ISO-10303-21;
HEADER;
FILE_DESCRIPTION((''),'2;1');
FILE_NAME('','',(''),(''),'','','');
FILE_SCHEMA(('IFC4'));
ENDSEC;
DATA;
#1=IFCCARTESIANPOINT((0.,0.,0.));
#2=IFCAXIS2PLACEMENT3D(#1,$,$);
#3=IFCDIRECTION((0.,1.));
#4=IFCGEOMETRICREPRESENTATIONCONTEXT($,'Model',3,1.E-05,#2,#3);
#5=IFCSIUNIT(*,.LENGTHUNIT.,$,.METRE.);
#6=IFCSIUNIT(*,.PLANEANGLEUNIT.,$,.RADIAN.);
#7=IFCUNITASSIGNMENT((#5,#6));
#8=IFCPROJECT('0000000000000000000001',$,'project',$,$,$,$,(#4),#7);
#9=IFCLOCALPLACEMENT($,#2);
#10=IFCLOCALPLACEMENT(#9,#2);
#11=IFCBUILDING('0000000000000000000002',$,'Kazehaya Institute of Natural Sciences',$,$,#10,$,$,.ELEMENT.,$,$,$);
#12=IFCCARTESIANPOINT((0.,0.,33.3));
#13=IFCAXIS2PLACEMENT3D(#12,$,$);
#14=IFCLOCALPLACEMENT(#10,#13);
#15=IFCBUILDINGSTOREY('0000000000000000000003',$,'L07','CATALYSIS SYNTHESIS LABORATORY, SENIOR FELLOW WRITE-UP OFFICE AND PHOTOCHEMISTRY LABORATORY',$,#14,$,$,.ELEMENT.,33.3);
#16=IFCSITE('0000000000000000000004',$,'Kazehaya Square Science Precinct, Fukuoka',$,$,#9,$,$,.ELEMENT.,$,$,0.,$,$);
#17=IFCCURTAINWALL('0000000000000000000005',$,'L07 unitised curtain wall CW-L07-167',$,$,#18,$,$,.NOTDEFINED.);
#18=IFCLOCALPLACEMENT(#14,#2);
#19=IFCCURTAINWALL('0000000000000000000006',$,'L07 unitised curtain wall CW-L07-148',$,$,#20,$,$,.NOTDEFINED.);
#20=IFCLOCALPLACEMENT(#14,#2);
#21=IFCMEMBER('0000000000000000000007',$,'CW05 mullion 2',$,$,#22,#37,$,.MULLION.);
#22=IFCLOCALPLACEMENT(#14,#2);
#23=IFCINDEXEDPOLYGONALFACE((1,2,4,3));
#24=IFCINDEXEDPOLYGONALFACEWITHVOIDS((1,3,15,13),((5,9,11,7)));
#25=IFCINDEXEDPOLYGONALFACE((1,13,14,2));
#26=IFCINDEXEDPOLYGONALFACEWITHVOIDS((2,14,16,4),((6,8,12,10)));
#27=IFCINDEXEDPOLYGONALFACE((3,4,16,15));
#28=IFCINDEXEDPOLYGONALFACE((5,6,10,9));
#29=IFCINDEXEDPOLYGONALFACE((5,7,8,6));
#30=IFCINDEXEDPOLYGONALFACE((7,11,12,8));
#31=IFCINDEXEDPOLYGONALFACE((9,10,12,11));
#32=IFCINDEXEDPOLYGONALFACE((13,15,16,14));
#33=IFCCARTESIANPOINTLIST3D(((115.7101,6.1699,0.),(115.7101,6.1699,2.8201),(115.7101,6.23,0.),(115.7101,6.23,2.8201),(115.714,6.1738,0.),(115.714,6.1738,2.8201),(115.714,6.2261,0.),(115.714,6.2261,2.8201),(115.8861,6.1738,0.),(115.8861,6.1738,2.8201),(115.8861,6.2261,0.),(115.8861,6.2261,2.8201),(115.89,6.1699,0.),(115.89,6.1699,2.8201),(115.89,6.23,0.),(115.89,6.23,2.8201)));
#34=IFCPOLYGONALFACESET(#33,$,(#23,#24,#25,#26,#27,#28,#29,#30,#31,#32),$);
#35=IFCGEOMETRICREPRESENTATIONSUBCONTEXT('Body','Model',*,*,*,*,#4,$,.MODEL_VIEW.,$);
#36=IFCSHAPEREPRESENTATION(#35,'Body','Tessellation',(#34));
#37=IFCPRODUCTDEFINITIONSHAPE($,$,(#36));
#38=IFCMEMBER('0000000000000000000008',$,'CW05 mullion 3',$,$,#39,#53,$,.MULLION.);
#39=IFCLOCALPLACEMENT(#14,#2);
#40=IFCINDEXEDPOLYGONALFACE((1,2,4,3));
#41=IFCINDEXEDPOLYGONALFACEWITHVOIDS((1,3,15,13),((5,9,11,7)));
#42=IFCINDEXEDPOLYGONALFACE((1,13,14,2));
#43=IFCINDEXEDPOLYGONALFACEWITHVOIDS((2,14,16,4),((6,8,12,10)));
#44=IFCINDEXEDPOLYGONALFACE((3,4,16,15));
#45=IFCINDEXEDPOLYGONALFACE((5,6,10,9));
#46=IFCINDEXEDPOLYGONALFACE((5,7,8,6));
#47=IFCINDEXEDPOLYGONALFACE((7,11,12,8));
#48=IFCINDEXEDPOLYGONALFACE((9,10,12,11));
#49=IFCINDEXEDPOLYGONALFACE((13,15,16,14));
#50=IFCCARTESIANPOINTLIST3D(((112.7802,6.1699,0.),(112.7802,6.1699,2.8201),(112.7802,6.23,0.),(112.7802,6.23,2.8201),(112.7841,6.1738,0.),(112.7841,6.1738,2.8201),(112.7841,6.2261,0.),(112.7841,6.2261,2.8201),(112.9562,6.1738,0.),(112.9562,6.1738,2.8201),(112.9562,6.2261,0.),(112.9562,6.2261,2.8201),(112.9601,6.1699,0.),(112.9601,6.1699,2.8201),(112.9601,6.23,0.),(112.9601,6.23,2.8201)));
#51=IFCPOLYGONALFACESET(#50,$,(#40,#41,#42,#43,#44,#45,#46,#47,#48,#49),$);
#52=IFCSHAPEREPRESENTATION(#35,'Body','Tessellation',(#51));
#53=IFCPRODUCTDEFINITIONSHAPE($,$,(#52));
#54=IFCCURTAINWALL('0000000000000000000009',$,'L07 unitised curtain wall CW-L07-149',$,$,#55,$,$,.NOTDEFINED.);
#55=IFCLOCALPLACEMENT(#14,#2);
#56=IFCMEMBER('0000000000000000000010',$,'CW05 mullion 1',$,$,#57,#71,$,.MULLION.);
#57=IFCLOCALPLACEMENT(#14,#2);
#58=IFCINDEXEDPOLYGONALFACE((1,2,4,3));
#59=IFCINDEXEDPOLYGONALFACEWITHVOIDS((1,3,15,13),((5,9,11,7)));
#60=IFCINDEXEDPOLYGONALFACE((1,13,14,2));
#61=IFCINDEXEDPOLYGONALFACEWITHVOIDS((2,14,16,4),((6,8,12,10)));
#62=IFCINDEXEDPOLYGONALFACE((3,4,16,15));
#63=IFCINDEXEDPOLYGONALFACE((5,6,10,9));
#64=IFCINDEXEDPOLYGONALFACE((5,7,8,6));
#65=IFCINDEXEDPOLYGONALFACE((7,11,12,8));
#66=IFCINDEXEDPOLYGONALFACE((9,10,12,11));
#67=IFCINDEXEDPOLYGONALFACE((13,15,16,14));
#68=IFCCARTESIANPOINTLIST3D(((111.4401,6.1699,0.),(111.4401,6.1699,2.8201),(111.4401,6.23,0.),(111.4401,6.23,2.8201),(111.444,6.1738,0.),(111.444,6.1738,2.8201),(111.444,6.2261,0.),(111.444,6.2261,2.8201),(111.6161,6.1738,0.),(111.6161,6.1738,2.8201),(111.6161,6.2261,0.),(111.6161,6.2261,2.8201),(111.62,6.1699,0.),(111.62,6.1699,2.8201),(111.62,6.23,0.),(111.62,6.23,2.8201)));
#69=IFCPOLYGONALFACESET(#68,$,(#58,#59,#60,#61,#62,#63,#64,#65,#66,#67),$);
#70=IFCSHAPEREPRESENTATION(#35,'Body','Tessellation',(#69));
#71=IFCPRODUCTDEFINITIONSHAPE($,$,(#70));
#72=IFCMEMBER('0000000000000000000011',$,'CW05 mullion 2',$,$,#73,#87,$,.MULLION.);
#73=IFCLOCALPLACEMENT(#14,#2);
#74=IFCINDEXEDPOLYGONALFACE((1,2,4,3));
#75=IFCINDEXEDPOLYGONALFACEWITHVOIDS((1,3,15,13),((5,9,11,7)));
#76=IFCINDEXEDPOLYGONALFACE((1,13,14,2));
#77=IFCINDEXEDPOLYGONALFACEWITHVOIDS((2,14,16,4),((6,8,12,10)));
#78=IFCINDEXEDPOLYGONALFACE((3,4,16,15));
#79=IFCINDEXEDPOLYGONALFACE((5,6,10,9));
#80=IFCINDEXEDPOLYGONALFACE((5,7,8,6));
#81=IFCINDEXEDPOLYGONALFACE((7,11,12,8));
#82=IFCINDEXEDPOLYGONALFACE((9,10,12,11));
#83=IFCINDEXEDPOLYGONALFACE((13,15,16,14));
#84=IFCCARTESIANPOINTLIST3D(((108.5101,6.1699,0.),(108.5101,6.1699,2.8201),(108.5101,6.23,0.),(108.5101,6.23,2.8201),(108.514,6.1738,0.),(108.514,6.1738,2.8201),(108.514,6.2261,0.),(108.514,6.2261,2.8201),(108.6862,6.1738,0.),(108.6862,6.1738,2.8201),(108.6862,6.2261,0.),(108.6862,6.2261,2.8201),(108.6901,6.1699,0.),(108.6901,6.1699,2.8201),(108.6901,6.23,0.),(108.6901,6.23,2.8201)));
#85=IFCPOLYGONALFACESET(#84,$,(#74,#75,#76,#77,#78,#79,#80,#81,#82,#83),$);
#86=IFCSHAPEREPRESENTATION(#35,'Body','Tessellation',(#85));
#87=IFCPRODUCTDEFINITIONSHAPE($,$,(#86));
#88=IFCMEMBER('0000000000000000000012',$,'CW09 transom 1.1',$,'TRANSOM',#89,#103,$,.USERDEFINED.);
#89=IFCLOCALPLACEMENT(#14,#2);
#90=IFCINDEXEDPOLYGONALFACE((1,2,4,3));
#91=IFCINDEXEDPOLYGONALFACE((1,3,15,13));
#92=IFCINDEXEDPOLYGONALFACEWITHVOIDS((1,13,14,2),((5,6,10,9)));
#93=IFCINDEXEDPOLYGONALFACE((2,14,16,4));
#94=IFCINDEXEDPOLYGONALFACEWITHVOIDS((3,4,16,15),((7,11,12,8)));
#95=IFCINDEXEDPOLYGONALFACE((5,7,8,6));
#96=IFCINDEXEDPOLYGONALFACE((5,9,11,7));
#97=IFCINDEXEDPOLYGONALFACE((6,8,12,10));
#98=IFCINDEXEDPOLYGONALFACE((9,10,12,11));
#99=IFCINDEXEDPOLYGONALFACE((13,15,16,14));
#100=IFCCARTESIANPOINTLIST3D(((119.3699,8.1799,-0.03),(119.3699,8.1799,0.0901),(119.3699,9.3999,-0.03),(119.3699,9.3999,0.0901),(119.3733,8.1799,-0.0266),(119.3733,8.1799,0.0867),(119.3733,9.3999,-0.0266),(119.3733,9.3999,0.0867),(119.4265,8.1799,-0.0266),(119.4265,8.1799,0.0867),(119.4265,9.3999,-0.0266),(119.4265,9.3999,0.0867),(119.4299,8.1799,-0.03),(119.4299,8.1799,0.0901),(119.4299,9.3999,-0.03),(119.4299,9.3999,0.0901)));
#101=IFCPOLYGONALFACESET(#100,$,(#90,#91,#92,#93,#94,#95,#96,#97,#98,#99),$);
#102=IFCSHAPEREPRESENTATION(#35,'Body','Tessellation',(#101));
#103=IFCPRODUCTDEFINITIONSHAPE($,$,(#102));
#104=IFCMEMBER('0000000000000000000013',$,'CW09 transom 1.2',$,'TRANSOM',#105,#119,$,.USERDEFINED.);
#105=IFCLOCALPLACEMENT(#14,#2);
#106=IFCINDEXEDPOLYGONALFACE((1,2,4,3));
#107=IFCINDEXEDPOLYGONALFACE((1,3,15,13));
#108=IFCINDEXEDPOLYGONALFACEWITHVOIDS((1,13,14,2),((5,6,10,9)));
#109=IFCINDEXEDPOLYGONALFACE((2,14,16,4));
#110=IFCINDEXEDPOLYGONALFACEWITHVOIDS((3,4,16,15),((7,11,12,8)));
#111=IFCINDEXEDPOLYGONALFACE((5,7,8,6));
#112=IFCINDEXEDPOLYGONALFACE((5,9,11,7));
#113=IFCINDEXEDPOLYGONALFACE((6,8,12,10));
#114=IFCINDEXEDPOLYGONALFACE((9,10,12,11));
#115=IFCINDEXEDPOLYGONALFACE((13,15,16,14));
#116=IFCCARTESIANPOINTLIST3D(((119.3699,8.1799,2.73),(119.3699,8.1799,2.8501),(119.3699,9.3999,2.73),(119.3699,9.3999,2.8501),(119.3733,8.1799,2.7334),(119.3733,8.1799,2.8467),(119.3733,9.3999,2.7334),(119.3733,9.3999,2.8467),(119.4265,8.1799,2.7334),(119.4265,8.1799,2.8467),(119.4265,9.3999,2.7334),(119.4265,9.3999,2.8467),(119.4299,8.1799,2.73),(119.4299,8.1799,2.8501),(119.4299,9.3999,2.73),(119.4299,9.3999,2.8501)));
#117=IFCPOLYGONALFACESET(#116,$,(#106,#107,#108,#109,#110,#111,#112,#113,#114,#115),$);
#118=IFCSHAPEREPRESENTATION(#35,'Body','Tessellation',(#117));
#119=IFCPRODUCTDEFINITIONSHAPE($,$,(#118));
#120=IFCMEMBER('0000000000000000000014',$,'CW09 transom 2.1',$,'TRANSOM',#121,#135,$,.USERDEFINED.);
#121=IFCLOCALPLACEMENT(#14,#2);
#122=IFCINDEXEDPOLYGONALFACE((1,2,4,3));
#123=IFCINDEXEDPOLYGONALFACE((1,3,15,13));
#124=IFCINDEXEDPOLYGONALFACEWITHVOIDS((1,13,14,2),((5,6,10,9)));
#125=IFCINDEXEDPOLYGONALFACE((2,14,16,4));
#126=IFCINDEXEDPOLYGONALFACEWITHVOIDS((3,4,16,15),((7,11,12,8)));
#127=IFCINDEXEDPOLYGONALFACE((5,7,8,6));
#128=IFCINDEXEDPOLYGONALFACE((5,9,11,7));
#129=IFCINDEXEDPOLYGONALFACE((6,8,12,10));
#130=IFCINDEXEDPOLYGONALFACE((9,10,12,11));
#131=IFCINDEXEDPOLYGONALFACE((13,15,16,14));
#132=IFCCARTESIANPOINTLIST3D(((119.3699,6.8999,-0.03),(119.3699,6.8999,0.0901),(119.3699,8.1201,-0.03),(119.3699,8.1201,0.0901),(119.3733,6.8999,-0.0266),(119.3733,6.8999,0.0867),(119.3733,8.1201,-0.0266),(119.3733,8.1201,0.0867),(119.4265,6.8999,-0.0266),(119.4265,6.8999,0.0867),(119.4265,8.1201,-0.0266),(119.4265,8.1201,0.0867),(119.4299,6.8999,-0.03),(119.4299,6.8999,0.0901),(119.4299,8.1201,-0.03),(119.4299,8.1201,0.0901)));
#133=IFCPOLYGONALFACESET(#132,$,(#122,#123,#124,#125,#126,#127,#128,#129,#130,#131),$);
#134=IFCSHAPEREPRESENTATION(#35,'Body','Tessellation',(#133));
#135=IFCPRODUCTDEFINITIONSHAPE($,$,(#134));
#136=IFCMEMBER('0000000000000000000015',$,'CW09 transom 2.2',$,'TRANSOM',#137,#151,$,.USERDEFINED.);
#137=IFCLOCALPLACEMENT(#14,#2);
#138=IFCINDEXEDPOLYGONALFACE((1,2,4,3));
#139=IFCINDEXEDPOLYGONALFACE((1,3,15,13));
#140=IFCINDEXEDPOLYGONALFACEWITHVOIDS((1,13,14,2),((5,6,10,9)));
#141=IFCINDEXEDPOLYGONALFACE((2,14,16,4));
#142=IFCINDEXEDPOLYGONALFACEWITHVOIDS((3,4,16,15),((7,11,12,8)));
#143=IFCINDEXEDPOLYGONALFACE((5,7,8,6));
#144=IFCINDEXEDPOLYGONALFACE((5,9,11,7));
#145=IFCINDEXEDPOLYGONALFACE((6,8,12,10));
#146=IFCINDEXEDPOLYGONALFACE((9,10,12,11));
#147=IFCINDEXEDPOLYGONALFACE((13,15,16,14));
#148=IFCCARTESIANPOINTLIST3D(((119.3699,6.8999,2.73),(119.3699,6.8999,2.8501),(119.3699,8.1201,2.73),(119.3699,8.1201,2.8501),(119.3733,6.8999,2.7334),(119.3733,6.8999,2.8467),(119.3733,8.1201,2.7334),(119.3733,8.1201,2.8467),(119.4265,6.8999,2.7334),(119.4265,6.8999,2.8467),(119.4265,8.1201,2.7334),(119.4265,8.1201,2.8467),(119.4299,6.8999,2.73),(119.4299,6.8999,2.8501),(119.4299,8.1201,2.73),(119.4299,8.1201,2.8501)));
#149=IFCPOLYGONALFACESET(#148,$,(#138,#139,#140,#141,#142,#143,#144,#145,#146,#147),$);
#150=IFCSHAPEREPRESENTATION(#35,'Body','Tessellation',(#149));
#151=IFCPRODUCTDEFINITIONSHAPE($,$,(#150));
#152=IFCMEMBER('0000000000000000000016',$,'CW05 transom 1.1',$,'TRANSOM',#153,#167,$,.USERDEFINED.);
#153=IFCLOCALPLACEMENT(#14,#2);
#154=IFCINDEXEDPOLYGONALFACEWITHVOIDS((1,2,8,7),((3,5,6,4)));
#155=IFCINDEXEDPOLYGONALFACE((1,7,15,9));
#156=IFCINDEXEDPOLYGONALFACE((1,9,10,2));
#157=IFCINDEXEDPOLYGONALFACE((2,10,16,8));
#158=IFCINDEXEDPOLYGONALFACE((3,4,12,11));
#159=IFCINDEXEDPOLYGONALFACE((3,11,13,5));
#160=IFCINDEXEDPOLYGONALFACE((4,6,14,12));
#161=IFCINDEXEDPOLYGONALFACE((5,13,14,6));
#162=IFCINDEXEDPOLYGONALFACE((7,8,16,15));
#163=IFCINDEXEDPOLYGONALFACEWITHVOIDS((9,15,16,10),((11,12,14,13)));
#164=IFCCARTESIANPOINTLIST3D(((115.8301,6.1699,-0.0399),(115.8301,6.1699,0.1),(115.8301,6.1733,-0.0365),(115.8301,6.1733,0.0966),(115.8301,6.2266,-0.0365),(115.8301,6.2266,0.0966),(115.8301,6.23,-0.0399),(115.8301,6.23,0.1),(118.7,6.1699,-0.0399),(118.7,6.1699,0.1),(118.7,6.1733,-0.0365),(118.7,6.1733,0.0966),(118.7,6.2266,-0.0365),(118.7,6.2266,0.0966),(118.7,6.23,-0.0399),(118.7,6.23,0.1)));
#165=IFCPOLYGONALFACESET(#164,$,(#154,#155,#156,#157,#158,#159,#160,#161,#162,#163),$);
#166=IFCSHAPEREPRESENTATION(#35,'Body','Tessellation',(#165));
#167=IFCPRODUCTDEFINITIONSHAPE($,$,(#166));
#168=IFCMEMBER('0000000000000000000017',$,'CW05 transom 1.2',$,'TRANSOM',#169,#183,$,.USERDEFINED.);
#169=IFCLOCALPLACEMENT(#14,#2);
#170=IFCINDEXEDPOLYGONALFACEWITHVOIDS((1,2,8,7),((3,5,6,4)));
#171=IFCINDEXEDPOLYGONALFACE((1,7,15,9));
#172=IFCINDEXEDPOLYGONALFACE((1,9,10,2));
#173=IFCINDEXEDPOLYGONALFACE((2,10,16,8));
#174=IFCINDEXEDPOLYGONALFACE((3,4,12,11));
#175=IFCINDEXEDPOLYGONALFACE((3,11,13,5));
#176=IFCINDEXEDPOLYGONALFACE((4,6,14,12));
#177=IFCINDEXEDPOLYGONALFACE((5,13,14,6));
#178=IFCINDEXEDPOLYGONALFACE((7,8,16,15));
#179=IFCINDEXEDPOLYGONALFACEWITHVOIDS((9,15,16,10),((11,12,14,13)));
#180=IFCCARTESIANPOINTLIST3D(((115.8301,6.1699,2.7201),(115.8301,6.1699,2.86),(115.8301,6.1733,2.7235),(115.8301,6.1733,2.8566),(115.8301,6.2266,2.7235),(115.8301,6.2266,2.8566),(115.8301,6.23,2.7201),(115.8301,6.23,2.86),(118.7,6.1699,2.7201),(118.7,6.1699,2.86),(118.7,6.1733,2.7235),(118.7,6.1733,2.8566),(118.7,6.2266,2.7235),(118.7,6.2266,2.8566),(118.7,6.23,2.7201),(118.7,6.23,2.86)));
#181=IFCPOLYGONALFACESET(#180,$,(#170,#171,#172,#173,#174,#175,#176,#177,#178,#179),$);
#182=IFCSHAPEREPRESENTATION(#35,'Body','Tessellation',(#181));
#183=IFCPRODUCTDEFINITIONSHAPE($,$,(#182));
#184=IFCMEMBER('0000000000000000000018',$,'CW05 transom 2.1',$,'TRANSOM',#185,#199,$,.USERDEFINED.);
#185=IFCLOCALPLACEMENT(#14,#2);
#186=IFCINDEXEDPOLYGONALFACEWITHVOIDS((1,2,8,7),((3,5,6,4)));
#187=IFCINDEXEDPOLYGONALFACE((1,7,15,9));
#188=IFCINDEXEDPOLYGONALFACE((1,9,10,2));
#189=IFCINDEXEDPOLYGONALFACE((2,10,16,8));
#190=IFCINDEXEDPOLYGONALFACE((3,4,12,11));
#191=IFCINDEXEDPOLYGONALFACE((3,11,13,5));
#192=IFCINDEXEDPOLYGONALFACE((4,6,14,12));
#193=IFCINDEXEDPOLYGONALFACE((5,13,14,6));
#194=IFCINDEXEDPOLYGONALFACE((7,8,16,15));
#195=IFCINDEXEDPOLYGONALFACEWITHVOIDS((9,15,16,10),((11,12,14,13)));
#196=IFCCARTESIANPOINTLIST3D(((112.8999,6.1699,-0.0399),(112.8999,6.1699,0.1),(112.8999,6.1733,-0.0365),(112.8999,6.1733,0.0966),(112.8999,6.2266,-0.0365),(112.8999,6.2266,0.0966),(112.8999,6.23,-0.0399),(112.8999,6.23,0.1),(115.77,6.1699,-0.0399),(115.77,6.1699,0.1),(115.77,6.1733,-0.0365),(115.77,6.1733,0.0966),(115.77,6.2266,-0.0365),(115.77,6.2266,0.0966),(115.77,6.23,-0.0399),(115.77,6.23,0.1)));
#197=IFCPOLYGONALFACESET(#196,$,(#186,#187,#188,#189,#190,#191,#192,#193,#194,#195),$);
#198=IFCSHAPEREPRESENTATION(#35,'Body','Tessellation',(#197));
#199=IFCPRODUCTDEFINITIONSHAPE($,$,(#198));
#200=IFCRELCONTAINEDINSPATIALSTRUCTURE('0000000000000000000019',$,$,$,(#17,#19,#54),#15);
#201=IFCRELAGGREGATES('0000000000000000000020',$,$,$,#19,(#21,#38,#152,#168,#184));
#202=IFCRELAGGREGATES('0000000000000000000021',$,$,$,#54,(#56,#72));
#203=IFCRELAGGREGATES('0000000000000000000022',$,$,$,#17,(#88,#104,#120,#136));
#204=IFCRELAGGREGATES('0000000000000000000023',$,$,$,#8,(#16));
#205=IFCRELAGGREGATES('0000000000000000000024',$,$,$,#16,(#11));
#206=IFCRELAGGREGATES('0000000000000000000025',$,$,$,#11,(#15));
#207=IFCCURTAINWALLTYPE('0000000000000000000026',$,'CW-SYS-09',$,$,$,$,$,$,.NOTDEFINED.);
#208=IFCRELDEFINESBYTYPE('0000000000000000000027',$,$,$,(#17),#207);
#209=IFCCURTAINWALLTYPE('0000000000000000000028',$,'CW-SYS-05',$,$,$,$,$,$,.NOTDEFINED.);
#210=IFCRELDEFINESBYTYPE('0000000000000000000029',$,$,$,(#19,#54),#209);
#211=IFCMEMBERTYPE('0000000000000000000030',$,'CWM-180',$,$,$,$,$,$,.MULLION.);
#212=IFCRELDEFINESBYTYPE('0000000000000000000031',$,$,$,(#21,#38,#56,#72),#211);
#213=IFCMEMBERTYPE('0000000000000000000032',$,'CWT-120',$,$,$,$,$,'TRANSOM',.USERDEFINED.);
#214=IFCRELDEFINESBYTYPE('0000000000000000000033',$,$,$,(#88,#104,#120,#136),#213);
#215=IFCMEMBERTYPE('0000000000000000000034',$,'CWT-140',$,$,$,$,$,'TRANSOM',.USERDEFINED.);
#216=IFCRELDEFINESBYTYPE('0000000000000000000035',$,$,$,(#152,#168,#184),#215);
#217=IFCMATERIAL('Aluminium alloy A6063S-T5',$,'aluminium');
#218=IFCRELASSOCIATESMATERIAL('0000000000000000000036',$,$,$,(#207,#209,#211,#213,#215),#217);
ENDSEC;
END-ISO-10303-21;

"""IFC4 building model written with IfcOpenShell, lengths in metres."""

from ifc_helpers import new_model, si_unit, direction, frame, origin, origin_2d, place, context, subcontext, project, spatial, hollow_rectangle, extrude, material, material_profile, profile_set, type_object, element, aggregate, save


model = new_model("IFC4")

# Units and contexts
model_context = context("Model", 3, precision=1e-05, world=origin(), true_north=direction((0.0, 1.0)))
body_context = subcontext(model_context, "Body", "Model", "MODEL_VIEW")
ifc_project = project(units=[si_unit("LENGTHUNIT", "METRE"), si_unit("PLANEANGLEUNIT", "RADIAN")], contexts=[model_context])

# Site, building, storey
site_placement = place(None, origin())
site = spatial("IfcSite", under=ifc_project, at=site_placement, Name="Kazehaya Square Science Precinct, Fukuoka", CompositionType="ELEMENT", RefElevation=0.0)
building_placement = place(site_placement, origin())
building = spatial("IfcBuilding", under=site, at=building_placement, Name="Kazehaya Institute of Natural Sciences", CompositionType="ELEMENT")
storey_placement = place(building_placement, frame((0.0, 0.0, 33.3)))
storey = spatial("IfcBuildingStorey", under=building, at=storey_placement, Name="L07", Description="CATALYSIS SYNTHESIS LABORATORY, SENIOR FELLOW WRITE-UP OFFICE AND PHOTOCHEMISTRY LABORATORY", CompositionType="ELEMENT", Elevation=33.3)

# Curtain walls, members
ifc_material_1 = material(Name="Aluminium alloy A6063S-T5", Category="aluminium")
curtain_wall_type_1 = type_object("IfcCurtainWallType", Name="CW-SYS-09", PredefinedType="NOTDEFINED", material=ifc_material_1)
curtain_wall_1_placement = place(storey_placement, origin())
curtain_wall_1 = element("IfcCurtainWall", 1, at=curtain_wall_1_placement, inside=storey, type_object=curtain_wall_type_1, Name="L07 unitised curtain wall CW-L07-167", PredefinedType="NOTDEFINED")
curtain_wall_type_2 = type_object("IfcCurtainWallType", Name="CW-SYS-05", PredefinedType="NOTDEFINED", material=ifc_material_1)
curtain_wall_2_placement = place(storey_placement, origin())
curtain_wall_2 = element("IfcCurtainWall", 2, at=curtain_wall_2_placement, inside=storey, type_object=curtain_wall_type_2, Name="L07 unitised curtain wall CW-L07-148", PredefinedType="NOTDEFINED")
ifc_material_profile_1 = material_profile(ifc_material_1, hollow_rectangle(XDim=0.0601, YDim=0.1799, WallThickness=0.0039, at=origin_2d()), Name="ALU-60x180x4")
ifc_profile_set_1 = profile_set([ifc_material_profile_1], Name="Aluminium alloy A6063S-T5")
member_type_1 = type_object("IfcMemberType", Name="CWM-180", PredefinedType="MULLION", material=ifc_profile_set_1)
member_1_placement = place(storey_placement, frame((115.8, 6.2, 0.0), z_axis=(0.0, 0.0, 1.0), x_axis=(0.0, -1.0, 0.0)))
member_1 = element("IfcMember", 3, at=member_1_placement, type_object=member_type_1, Name="CW05 mullion 2", PredefinedType="MULLION", context=body_context, shape_type="SweptSolid", body=[
    extrude(hollow_rectangle(XDim=0.0601, YDim=0.1799, WallThickness=0.0039, at=origin_2d()), origin(), (0.0, 0.0, 1.0), 2.8201),
])
member_2_placement = place(storey_placement, frame((112.8701, 6.2, 0.0), z_axis=(0.0, 0.0, 1.0), x_axis=(0.0, -1.0, 0.0)))
member_2 = element("IfcMember", 4, at=member_2_placement, type_object=member_type_1, Name="CW05 mullion 3", PredefinedType="MULLION", context=body_context, shape_type="SweptSolid", body=[
    extrude(hollow_rectangle(XDim=0.0601, YDim=0.1799, WallThickness=0.0039, at=origin_2d()), origin(), (0.0, 0.0, 1.0), 2.8201),
])
curtain_wall_3_placement = place(storey_placement, origin())
curtain_wall_3 = element("IfcCurtainWall", 5, at=curtain_wall_3_placement, inside=storey, type_object=curtain_wall_type_2, Name="L07 unitised curtain wall CW-L07-149", PredefinedType="NOTDEFINED")
member_3_placement = place(storey_placement, frame((111.53, 6.2, 0.0), z_axis=(0.0, 0.0, 1.0), x_axis=(0.0, -1.0, 0.0)))
member_3 = element("IfcMember", 6, at=member_3_placement, type_object=member_type_1, Name="CW05 mullion 1", PredefinedType="MULLION", context=body_context, shape_type="SweptSolid", body=[
    extrude(hollow_rectangle(XDim=0.0601, YDim=0.1799, WallThickness=0.0039, at=origin_2d()), origin(), (0.0, 0.0, 1.0), 2.8201),
])
member_4_placement = place(storey_placement, frame((108.6001, 6.2, 0.0), z_axis=(0.0, 0.0, 1.0), x_axis=(0.0, -1.0, 0.0)))
member_4 = element("IfcMember", 7, at=member_4_placement, type_object=member_type_1, Name="CW05 mullion 2", PredefinedType="MULLION", context=body_context, shape_type="SweptSolid", body=[
    extrude(hollow_rectangle(XDim=0.0601, YDim=0.1799, WallThickness=0.0039, at=origin_2d()), origin(), (0.0, 0.0, 1.0), 2.8201),
])

# Members
ifc_material_profile_2 = material_profile(ifc_material_1, hollow_rectangle(XDim=0.0601, YDim=0.1201, WallThickness=0.0034, at=origin_2d()), Name="ALU-60x120x3.5")
ifc_profile_set_2 = profile_set([ifc_material_profile_2], Name="Aluminium alloy A6063S-T5")
member_type_2 = type_object("IfcMemberType", Name="CWT-120", ElementType="TRANSOM", PredefinedType="USERDEFINED", material=ifc_profile_set_2)
member_5_placement = place(storey_placement, frame((119.3999, 9.3999, 0.03), z_axis=(0.0, -1.0, 0.0), x_axis=(1.0, 0.0, 0.0)))
member_5 = element("IfcMember", 8, at=member_5_placement, type_object=member_type_2, Name="CW09 transom 1.1", ObjectType="TRANSOM", PredefinedType="USERDEFINED", context=body_context, shape_type="SweptSolid", body=[
    extrude(hollow_rectangle(XDim=0.0601, YDim=0.1201, WallThickness=0.0034, at=origin_2d()), origin(), (0.0, 0.0, 1.0), 1.22),
])
member_6_placement = place(storey_placement, frame((119.3999, 9.3999, 2.79), z_axis=(0.0, -1.0, 0.0), x_axis=(1.0, 0.0, 0.0)))
member_6 = element("IfcMember", 9, at=member_6_placement, type_object=member_type_2, Name="CW09 transom 1.2", ObjectType="TRANSOM", PredefinedType="USERDEFINED", context=body_context, shape_type="SweptSolid", body=[
    extrude(hollow_rectangle(XDim=0.0601, YDim=0.1201, WallThickness=0.0034, at=origin_2d()), origin(), (0.0, 0.0, 1.0), 1.22),
])
member_7_placement = place(storey_placement, frame((119.3999, 8.1201, 0.03), z_axis=(0.0, -1.0, 0.0), x_axis=(1.0, 0.0, 0.0)))
member_7 = element("IfcMember", 10, at=member_7_placement, type_object=member_type_2, Name="CW09 transom 2.1", ObjectType="TRANSOM", PredefinedType="USERDEFINED", context=body_context, shape_type="SweptSolid", body=[
    extrude(hollow_rectangle(XDim=0.0601, YDim=0.1201, WallThickness=0.0034, at=origin_2d()), origin(), (0.0, 0.0, 1.0), 1.2202),
])
member_8_placement = place(storey_placement, frame((119.3999, 8.1201, 2.79), z_axis=(0.0, -1.0, 0.0), x_axis=(1.0, 0.0, 0.0)))
member_8 = element("IfcMember", 11, at=member_8_placement, type_object=member_type_2, Name="CW09 transom 2.2", ObjectType="TRANSOM", PredefinedType="USERDEFINED", context=body_context, shape_type="SweptSolid", body=[
    extrude(hollow_rectangle(XDim=0.0601, YDim=0.1201, WallThickness=0.0034, at=origin_2d()), origin(), (0.0, 0.0, 1.0), 1.2202),
])
ifc_material_profile_3 = material_profile(ifc_material_1, hollow_rectangle(XDim=0.0601, YDim=0.1399, WallThickness=0.0034, at=origin_2d()), Name="ALU-60x140x3.5")
ifc_profile_set_3 = profile_set([ifc_material_profile_3], Name="Aluminium alloy A6063S-T5")
member_type_3 = type_object("IfcMemberType", Name="CWT-140", ElementType="TRANSOM", PredefinedType="USERDEFINED", material=ifc_profile_set_3)
member_9_placement = place(storey_placement, frame((118.7, 6.2, 0.03), z_axis=(-1.0, 0.0, 0.0), x_axis=(0.0, -1.0, 0.0)))
member_9 = element("IfcMember", 12, at=member_9_placement, type_object=member_type_3, Name="CW05 transom 1.1", ObjectType="TRANSOM", PredefinedType="USERDEFINED", context=body_context, shape_type="SweptSolid", body=[
    extrude(hollow_rectangle(XDim=0.0601, YDim=0.1399, WallThickness=0.0034, at=origin_2d()), origin(), (0.0, 0.0, 1.0), 2.8699),
])
member_10_placement = place(storey_placement, frame((118.7, 6.2, 2.79), z_axis=(-1.0, 0.0, 0.0), x_axis=(0.0, -1.0, 0.0)))
member_10 = element("IfcMember", 13, at=member_10_placement, type_object=member_type_3, Name="CW05 transom 1.2", ObjectType="TRANSOM", PredefinedType="USERDEFINED", context=body_context, shape_type="SweptSolid", body=[
    extrude(hollow_rectangle(XDim=0.0601, YDim=0.1399, WallThickness=0.0034, at=origin_2d()), origin(), (0.0, 0.0, 1.0), 2.8699),
])
member_11_placement = place(storey_placement, frame((115.77, 6.2, 0.03), z_axis=(-1.0, 0.0, 0.0), x_axis=(0.0, -1.0, 0.0)))
member_11 = element("IfcMember", 14, at=member_11_placement, type_object=member_type_3, Name="CW05 transom 2.1", ObjectType="TRANSOM", PredefinedType="USERDEFINED", context=body_context, shape_type="SweptSolid", body=[
    extrude(hollow_rectangle(XDim=0.0601, YDim=0.1399, WallThickness=0.0034, at=origin_2d()), origin(), (0.0, 0.0, 1.0), 2.8701),
])

aggregate(curtain_wall_2, [member_1, member_2, member_9, member_10, member_11])
aggregate(curtain_wall_3, [member_3, member_4])
aggregate(curtain_wall_1, [member_5, member_6, member_7, member_8])

save(model, "model.ifc")
